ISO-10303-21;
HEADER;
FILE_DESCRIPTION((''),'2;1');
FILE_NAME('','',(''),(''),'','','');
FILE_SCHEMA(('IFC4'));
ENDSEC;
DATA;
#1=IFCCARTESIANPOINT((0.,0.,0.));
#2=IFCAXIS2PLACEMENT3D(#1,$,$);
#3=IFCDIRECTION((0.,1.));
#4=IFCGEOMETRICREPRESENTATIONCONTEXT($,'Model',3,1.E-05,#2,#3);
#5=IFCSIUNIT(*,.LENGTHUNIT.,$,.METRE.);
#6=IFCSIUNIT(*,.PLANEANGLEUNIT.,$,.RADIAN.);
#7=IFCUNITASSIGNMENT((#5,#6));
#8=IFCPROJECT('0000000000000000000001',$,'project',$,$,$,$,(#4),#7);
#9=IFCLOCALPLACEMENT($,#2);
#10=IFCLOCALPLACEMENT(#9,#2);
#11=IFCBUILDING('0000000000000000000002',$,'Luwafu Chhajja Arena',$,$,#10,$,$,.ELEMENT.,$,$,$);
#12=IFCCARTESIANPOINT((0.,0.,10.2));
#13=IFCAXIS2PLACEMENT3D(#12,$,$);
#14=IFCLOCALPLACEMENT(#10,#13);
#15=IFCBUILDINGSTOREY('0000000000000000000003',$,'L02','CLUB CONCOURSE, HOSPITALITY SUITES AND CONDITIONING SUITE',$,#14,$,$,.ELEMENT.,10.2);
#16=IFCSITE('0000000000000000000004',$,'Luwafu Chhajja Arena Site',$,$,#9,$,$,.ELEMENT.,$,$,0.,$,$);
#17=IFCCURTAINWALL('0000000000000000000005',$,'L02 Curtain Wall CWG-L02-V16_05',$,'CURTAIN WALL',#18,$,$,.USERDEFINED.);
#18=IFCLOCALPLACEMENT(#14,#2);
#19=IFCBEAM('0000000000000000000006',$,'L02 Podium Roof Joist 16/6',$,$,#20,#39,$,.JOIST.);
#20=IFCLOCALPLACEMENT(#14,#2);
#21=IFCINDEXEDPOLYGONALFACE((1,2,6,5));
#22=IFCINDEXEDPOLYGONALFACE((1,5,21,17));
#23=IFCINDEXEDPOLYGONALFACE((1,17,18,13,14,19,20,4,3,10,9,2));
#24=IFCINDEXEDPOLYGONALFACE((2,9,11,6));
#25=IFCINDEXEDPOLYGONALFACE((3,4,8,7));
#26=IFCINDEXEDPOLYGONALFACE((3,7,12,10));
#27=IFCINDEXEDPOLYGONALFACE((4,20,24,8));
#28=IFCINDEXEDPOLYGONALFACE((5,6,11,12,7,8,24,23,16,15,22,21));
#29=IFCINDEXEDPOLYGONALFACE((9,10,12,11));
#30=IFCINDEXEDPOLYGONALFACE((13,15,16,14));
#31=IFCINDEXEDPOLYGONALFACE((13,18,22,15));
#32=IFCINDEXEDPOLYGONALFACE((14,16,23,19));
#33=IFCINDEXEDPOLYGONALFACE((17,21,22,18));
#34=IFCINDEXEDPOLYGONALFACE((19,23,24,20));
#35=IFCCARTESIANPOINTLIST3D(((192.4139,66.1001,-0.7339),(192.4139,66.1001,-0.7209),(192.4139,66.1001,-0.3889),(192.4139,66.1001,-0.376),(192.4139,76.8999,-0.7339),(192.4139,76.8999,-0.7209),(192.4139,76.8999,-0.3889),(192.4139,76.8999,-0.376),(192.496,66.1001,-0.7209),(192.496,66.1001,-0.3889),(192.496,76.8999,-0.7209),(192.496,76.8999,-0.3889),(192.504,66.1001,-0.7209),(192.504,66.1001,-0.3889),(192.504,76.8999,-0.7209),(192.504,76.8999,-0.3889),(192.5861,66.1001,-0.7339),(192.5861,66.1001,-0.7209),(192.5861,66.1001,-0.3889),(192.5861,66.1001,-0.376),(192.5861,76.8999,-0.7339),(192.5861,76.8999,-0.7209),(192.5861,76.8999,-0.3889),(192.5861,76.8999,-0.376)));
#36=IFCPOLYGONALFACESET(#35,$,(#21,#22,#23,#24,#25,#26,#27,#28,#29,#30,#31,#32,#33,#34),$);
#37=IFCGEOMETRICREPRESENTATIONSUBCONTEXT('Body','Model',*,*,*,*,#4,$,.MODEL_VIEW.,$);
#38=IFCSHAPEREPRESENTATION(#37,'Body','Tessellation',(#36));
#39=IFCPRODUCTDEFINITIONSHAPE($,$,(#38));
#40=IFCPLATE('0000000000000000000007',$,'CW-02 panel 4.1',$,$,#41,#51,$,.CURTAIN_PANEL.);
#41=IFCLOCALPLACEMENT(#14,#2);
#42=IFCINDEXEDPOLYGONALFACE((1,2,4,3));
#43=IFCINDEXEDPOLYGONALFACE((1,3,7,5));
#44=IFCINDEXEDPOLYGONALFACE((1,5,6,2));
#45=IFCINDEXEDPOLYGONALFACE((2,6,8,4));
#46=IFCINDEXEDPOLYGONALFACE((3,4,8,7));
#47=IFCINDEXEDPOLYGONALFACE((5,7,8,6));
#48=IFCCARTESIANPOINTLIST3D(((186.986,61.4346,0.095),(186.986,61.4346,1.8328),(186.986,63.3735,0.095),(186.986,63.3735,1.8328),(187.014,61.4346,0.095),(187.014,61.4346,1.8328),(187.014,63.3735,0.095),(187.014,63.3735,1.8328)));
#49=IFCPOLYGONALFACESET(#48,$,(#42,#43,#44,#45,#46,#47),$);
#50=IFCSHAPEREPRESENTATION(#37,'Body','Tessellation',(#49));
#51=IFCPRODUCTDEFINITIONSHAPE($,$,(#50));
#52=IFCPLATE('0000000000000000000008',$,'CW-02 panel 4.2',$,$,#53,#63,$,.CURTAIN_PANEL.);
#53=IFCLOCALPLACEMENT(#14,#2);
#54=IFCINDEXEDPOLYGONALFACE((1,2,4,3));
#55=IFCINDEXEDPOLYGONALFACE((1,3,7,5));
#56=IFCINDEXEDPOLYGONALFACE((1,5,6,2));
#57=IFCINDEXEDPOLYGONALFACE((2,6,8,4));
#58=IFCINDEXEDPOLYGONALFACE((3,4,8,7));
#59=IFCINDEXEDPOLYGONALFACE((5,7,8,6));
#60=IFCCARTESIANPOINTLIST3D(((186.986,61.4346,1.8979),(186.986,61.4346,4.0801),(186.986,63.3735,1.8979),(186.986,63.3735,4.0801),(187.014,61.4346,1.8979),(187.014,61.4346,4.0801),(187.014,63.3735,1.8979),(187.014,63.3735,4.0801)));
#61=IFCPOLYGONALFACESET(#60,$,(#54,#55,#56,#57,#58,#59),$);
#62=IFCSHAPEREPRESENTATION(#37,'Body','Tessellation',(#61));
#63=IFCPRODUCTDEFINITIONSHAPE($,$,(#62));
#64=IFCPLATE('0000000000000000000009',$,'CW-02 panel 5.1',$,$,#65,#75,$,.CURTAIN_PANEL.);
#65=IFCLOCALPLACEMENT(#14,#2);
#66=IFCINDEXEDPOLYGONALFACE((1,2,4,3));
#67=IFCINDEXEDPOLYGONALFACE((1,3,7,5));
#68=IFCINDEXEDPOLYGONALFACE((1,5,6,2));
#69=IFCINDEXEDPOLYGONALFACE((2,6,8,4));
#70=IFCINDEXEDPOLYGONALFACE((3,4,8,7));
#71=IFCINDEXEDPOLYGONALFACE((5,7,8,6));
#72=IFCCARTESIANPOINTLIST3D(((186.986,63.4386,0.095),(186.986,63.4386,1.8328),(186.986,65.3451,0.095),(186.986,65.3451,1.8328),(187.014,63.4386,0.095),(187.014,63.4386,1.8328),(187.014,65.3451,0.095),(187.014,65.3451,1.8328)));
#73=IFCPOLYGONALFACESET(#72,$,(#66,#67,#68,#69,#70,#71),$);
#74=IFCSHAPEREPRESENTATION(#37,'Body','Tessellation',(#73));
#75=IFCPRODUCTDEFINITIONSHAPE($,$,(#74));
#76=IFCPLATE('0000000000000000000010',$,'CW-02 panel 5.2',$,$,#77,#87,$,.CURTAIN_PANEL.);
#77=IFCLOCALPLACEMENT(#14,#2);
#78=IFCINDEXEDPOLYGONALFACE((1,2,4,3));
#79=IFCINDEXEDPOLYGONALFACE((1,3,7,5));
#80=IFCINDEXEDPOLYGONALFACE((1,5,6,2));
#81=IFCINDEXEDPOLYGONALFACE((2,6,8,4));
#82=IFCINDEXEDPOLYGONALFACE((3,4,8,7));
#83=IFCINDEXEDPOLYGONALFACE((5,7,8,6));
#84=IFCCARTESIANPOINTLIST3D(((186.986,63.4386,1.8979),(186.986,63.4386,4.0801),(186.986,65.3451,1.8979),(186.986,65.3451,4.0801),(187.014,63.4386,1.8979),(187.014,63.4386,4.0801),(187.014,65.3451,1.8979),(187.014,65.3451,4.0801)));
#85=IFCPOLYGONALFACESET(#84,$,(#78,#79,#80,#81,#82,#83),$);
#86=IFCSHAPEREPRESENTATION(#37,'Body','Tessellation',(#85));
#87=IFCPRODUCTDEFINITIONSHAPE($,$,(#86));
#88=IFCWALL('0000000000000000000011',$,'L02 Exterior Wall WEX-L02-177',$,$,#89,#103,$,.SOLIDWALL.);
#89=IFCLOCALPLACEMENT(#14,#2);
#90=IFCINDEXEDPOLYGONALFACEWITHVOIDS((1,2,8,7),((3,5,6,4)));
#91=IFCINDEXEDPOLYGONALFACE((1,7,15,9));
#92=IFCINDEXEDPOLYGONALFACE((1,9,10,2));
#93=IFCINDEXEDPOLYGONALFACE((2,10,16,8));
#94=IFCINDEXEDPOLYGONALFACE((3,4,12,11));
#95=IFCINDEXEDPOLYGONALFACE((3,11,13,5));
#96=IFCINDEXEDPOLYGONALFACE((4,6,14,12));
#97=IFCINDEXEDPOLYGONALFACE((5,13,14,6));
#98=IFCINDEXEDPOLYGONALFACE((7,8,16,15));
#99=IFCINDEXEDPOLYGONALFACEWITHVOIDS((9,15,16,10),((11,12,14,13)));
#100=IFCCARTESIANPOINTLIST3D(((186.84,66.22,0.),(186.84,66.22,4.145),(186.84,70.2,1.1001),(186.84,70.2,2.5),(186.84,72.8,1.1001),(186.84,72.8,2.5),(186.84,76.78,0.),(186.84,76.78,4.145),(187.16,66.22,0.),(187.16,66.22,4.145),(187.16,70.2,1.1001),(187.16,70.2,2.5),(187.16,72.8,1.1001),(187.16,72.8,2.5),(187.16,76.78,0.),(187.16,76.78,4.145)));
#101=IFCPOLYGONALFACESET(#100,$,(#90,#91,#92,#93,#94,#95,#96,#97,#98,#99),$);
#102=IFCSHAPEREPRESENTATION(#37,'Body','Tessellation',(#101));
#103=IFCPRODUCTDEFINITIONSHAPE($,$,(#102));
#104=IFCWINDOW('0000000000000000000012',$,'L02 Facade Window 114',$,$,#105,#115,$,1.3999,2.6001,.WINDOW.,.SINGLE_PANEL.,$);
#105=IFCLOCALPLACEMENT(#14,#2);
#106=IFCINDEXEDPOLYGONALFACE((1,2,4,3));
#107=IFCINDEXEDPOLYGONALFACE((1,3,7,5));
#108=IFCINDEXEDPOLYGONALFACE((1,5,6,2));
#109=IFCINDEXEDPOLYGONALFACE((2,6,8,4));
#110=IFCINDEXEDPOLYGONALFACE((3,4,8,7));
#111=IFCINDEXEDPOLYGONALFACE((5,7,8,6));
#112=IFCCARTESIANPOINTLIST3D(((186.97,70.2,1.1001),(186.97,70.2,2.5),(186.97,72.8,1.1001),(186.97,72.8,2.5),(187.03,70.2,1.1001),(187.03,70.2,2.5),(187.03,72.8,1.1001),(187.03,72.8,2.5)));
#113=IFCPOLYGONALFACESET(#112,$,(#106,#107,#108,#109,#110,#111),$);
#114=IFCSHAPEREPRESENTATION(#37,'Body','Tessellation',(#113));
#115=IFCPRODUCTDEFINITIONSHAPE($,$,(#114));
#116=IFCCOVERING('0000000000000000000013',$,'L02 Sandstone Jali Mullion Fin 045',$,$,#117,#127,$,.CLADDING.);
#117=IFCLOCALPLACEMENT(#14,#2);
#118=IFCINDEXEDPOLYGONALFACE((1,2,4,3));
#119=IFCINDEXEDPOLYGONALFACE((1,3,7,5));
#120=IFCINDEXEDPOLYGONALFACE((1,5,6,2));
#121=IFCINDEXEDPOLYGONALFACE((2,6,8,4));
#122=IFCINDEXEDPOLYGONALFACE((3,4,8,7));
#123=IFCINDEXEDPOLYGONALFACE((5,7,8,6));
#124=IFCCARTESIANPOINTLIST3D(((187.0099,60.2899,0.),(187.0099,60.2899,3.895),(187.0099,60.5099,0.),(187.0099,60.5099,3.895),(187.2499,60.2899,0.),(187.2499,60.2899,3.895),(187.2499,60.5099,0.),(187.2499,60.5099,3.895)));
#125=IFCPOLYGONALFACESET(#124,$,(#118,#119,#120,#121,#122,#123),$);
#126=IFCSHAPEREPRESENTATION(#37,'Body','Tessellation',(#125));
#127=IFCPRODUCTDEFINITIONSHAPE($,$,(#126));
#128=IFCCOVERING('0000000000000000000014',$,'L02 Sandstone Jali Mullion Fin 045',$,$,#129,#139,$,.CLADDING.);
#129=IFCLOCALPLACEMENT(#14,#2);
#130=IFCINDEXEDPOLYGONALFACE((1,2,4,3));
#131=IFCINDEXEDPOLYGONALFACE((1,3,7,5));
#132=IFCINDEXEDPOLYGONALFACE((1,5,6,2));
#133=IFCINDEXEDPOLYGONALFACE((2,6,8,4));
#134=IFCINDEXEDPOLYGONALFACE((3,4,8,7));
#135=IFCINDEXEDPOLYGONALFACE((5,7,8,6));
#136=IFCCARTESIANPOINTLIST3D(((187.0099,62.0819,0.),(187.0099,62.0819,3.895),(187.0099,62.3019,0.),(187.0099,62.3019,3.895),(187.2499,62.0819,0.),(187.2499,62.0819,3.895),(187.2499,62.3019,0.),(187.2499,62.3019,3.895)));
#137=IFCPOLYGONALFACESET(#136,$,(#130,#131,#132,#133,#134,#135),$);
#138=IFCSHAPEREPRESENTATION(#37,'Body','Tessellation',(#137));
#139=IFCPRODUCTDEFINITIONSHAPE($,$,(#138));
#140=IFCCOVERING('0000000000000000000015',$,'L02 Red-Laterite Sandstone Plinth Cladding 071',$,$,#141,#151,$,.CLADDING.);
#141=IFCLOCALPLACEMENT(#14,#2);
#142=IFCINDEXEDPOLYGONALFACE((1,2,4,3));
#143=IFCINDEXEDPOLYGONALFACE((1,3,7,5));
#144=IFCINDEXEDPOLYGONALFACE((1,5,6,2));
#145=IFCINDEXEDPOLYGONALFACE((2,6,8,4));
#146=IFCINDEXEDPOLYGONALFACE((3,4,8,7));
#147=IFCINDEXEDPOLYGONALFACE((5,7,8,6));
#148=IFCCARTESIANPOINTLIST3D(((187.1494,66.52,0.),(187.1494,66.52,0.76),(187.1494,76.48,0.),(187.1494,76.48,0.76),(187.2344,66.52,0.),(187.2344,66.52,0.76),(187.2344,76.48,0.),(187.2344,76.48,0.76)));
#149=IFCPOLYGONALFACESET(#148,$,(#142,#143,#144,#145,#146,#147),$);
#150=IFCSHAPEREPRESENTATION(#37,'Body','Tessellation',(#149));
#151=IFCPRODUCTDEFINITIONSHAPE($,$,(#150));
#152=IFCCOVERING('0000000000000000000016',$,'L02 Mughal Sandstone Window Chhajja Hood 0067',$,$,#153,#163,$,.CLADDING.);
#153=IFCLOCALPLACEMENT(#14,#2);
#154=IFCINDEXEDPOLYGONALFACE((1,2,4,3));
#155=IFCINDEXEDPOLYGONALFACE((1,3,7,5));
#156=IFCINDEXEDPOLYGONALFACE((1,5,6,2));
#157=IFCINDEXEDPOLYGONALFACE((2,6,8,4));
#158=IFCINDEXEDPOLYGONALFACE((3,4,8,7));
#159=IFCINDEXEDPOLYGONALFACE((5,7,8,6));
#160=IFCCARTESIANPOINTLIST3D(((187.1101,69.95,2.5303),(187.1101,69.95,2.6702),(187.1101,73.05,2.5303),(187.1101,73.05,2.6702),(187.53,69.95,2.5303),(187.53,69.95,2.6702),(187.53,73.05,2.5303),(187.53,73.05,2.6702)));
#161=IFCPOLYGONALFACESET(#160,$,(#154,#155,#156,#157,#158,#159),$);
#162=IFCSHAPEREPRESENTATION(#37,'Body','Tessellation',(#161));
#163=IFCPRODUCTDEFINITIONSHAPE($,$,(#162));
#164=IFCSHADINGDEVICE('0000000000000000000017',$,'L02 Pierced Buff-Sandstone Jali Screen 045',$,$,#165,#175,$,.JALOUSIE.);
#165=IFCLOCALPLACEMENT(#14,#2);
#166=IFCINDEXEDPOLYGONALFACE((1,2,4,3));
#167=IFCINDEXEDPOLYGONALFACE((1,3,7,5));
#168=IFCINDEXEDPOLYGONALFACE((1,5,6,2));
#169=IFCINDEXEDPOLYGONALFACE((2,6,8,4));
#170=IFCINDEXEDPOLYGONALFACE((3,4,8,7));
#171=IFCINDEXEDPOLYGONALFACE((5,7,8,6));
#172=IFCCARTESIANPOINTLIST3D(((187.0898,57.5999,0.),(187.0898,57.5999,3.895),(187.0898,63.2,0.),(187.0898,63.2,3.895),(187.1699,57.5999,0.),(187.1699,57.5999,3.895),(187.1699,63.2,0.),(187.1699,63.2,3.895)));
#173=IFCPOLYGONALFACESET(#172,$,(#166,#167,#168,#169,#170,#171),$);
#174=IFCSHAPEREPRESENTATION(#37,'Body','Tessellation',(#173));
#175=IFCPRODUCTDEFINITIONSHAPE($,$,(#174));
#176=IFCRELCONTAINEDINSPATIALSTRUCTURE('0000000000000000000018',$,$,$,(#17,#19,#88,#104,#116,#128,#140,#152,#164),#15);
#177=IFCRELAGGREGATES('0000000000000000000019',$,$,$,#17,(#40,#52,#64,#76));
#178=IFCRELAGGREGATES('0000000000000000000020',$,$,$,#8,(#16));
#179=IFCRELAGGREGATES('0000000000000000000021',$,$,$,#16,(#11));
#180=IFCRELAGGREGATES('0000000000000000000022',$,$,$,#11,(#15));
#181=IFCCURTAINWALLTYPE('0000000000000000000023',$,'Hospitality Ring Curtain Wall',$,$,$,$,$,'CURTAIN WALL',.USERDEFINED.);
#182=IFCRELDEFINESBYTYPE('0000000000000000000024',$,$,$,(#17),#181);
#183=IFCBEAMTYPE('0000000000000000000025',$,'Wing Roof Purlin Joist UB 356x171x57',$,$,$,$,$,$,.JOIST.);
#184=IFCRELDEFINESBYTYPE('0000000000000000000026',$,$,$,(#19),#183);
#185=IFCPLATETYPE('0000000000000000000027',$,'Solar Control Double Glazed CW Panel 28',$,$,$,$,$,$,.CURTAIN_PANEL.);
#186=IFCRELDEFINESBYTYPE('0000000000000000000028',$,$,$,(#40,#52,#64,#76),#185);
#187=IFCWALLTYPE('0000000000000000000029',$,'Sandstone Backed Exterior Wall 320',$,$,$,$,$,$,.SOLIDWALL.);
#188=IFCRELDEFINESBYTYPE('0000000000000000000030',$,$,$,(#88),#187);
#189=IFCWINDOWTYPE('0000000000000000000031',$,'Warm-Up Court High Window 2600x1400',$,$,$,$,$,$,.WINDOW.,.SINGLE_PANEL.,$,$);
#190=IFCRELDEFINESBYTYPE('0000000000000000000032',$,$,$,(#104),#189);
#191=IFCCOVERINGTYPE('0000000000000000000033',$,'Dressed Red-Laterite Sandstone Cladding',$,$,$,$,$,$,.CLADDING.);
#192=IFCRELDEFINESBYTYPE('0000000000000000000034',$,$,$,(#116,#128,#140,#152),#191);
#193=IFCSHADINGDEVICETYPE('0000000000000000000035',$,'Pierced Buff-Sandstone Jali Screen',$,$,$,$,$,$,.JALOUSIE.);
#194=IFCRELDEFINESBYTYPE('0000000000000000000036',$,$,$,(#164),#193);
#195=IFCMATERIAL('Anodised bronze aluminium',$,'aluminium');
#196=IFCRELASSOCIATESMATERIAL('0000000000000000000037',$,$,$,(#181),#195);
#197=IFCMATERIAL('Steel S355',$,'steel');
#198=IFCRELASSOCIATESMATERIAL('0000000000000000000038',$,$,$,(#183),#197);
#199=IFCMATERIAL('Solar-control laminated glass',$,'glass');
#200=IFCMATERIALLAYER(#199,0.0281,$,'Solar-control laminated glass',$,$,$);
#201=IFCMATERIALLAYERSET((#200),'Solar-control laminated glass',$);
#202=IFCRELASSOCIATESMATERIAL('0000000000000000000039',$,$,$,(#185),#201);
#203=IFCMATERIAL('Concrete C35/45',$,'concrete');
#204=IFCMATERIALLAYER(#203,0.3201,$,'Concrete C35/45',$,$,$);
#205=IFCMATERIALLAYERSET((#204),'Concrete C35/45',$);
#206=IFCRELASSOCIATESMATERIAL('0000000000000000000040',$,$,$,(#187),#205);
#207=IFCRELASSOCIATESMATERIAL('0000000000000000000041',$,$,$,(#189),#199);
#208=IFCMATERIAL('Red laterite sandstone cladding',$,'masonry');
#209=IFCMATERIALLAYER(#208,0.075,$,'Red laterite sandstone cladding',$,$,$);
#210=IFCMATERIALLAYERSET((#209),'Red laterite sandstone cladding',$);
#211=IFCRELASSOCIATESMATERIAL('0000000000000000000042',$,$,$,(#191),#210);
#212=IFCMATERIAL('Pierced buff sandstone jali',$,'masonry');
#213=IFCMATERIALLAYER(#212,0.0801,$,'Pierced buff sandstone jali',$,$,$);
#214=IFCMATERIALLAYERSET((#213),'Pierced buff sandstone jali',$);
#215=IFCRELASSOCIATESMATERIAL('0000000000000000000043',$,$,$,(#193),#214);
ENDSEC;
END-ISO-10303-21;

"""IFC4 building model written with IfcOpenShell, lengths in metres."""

from ifc_helpers import new_model, si_unit, direction, frame, frame_2d, origin, origin_2d, place, context, subcontext, project, spatial, rectangle, i_section, extrude, material, layer, layer_set, material_profile, profile_set, type_object, element, fill, aggregate, save


model = new_model("IFC4")

# Units and contexts
model_context = context("Model", 3, precision=1e-05, world=origin(), true_north=direction((0.0, 1.0)))
body_context = subcontext(model_context, "Body", "Model", "MODEL_VIEW")
ifc_project = project(units=[si_unit("LENGTHUNIT", "METRE"), si_unit("PLANEANGLEUNIT", "RADIAN")], contexts=[model_context])

# Site, building, storey
site_placement = place(None, origin())
site = spatial("IfcSite", under=ifc_project, at=site_placement, Name="Luwafu Chhajja Arena Site", CompositionType="ELEMENT", RefElevation=0.0)
building_placement = place(site_placement, origin())
building = spatial("IfcBuilding", under=site, at=building_placement, Name="Luwafu Chhajja Arena", CompositionType="ELEMENT")
storey_placement = place(building_placement, frame((0.0, 0.0, 10.2)))
storey = spatial("IfcBuildingStorey", under=building, at=storey_placement, Name="L02", Description="CLUB CONCOURSE, HOSPITALITY SUITES AND CONDITIONING SUITE", CompositionType="ELEMENT", Elevation=10.2)

# Curtain wall
ifc_material_1 = material(Name="Anodised bronze aluminium", Category="aluminium")
curtain_wall_type = type_object("IfcCurtainWallType", Name="Hospitality Ring Curtain Wall", ElementType="CURTAIN WALL", PredefinedType="USERDEFINED", material=ifc_material_1)
curtain_wall_placement = place(storey_placement, origin())
curtain_wall = element("IfcCurtainWall", 1, at=curtain_wall_placement, inside=storey, type_object=curtain_wall_type, Name="L02 Curtain Wall CWG-L02-V16_05", ObjectType="CURTAIN WALL", PredefinedType="USERDEFINED")

# Beam
ifc_material_2 = material(Name="Steel S355", Category="steel")
ifc_material_3 = material(Name="Concrete C35/45", Category="concrete")
ifc_material_profile_1 = material_profile(ifc_material_2, i_section(OverallWidth=0.1721, OverallDepth=0.3579, WebThickness=0.0081, FlangeThickness=0.0129, at=origin_2d()), Name="UB 356x171x57")
ifc_profile_set_1 = profile_set([ifc_material_profile_1], Name="Steel S355")
beam_type_1 = type_object("IfcBeamType", Name="Wing Roof Purlin Joist UB 356x171x57", PredefinedType="JOIST", material=ifc_profile_set_1)
beam_1_placement = place(storey_placement, frame((192.5, 66.1001, -0.5549), z_axis=(0.0, 1.0, 0.0), x_axis=(-1.0, 0.0, 0.0)))
element("IfcBeam", 2, at=beam_1_placement, inside=storey, type_object=beam_type_1, Name="L02 Podium Roof Joist 16/6", PredefinedType="JOIST", context=body_context, shape_type="SweptSolid", body=[
    extrude(i_section(OverallWidth=0.1721, OverallDepth=0.3579, WebThickness=0.0081, FlangeThickness=0.0129, at=origin_2d()), origin(), (0.0, 0.0, 1.0), 10.7998),
])

# Plates
ifc_material_4 = material(Name="Solar-control laminated glass", Category="glass")
ifc_layer_1 = layer(ifc_material_4, 0.0281, Name="Solar-control laminated glass")
ifc_layer_set_1 = layer_set([ifc_layer_1], Name="Solar-control laminated glass")
plate_type = type_object("IfcPlateType", Name="Solar Control Double Glazed CW Panel 28", PredefinedType="CURTAIN_PANEL", material=ifc_layer_set_1)
plate_1_placement = place(storey_placement, frame((187.0, 62.4041, 0.095), z_axis=(0.0, 0.0, 1.0), x_axis=(0.0, 1.0, 0.0)))
plate_1 = element("IfcPlate", 3, at=plate_1_placement, type_object=plate_type, Name="CW-02 panel 4.1", PredefinedType="CURTAIN_PANEL", context=body_context, shape_type="SweptSolid", body=[
    extrude(rectangle(XDim=1.939, YDim=0.0281, at=origin_2d()), origin(), (0.0, 0.0, 1.0), 1.7378),
])
plate_2_placement = place(storey_placement, frame((187.0, 62.4041, 1.8979), z_axis=(0.0, 0.0, 1.0), x_axis=(0.0, 1.0, 0.0)))
plate_2 = element("IfcPlate", 4, at=plate_2_placement, type_object=plate_type, Name="CW-02 panel 4.2", PredefinedType="CURTAIN_PANEL", context=body_context, shape_type="SweptSolid", body=[
    extrude(rectangle(XDim=1.939, YDim=0.0281, at=origin_2d()), origin(), (0.0, 0.0, 1.0), 2.1821),
])
plate_3_placement = place(storey_placement, frame((187.0, 64.3918, 0.095), z_axis=(0.0, 0.0, 1.0), x_axis=(0.0, 1.0, 0.0)))
plate_3 = element("IfcPlate", 5, at=plate_3_placement, type_object=plate_type, Name="CW-02 panel 5.1", PredefinedType="CURTAIN_PANEL", context=body_context, shape_type="SweptSolid", body=[
    extrude(rectangle(XDim=1.9065, YDim=0.0281, at=origin_2d()), origin(), (0.0, 0.0, 1.0), 1.7378),
])
plate_4_placement = place(storey_placement, frame((187.0, 64.3918, 1.8979), z_axis=(0.0, 0.0, 1.0), x_axis=(0.0, 1.0, 0.0)))
plate_4 = element("IfcPlate", 6, at=plate_4_placement, type_object=plate_type, Name="CW-02 panel 5.2", PredefinedType="CURTAIN_PANEL", context=body_context, shape_type="SweptSolid", body=[
    extrude(rectangle(XDim=1.9065, YDim=0.0281, at=origin_2d()), origin(), (0.0, 0.0, 1.0), 2.1821),
])
aggregate(curtain_wall, [plate_1, plate_2, plate_3, plate_4])

# Wall, opening, window
ifc_layer_2 = layer(ifc_material_3, 0.3201, Name="Concrete C35/45")
ifc_layer_set_2 = layer_set([ifc_layer_2], Name="Concrete C35/45")
wall_type = type_object("IfcWallType", Name="Sandstone Backed Exterior Wall 320", PredefinedType="SOLIDWALL", material=ifc_layer_set_2)
wall_placement = place(storey_placement, frame((187.0, 66.22, 0.0), z_axis=(0.0, 0.0, 1.0), x_axis=(0.0, 1.0, 0.0)))
wall = element("IfcWall", 7, at=wall_placement, inside=storey, type_object=wall_type, Name="L02 Exterior Wall WEX-L02-177", PredefinedType="SOLIDWALL", context=body_context, shape_type="SweptSolid", body=[
    extrude(rectangle(XDim=10.5601, YDim=0.3201, at=frame_2d((5.28, 0.0))), origin(), (0.0, 0.0, 1.0), 4.145),
])
opening_placement = place(wall_placement, frame((3.98, 0.0, 1.1001)))
opening = element("IfcOpeningElement", 8, at=opening_placement, cuts=wall, PredefinedType="OPENING", context=body_context, shape_type="SweptSolid", body=[
    extrude(rectangle(XDim=2.6001, YDim=1.3999, at=frame_2d((1.3, 0.7))), frame((0.0, 0.1699, 0.0), z_axis=(0.0, -1.0, 0.0), x_axis=(1.0, 0.0, 0.0)), (0.0, 0.0, 1.0), 0.3401),
])
window_type = type_object("IfcWindowType", Name="Warm-Up Court High Window 2600x1400", PartitioningType="SINGLE_PANEL", PredefinedType="WINDOW", material=ifc_material_4)
window_placement = place(opening_placement, origin())
window = element("IfcWindow", 9, at=window_placement, inside=storey, type_object=window_type, Name="L02 Facade Window 114", OverallHeight=1.3999, OverallWidth=2.6001, PartitioningType="SINGLE_PANEL", PredefinedType="WINDOW", context=body_context, shape_type="SweptSolid", body=[
    extrude(rectangle(XDim=2.6001, YDim=1.3999, at=frame_2d((1.3, 0.7))), frame((0.0, 0.03, 0.0), z_axis=(0.0, -1.0, 0.0), x_axis=(1.0, 0.0, 0.0)), (0.0, 0.0, 1.0), 0.0601),
])
fill(opening, window)

# Coverings
ifc_material_5 = material(Name="Red laterite sandstone cladding", Category="masonry")
ifc_layer_3 = layer(ifc_material_5, 0.075, Name="Red laterite sandstone cladding")
ifc_layer_set_3 = layer_set([ifc_layer_3], Name="Red laterite sandstone cladding")
covering_type = type_object("IfcCoveringType", Name="Dressed Red-Laterite Sandstone Cladding", PredefinedType="CLADDING", material=ifc_layer_set_3)
for number, where, z_axis, x_axis, name in (
    (10, (187.1299, 60.3999, 0.0), (0.0, 0.0, 1.0), (0.0, 1.0, 0.0), "L02 Sandstone Jali Mullion Fin 045"),
    (11, (187.1299, 62.1919, 0.0), (0.0, 0.0, 1.0), (0.0, 1.0, 0.0), "L02 Sandstone Jali Mullion Fin 045"),
):
    element("IfcCovering", number, at=place(storey_placement, frame(where, z_axis=z_axis, x_axis=x_axis)), inside=storey, type_object=covering_type, Name=name, PredefinedType="CLADDING", context=body_context, shape_type="SweptSolid", body=[
        extrude(rectangle(XDim=0.22, YDim=0.24, at=origin_2d()), origin(), (0.0, 0.0, 1.0), 3.895),
    ])
covering_1_placement = place(storey_placement, frame((187.1919, 71.5, 0.0), z_axis=(0.0, 0.0, 1.0), x_axis=(0.0, 1.0, 0.0)))
element("IfcCovering", 12, at=covering_1_placement, inside=storey, type_object=covering_type, Name="L02 Red-Laterite Sandstone Plinth Cladding 071", PredefinedType="CLADDING", context=body_context, shape_type="SweptSolid", body=[
    extrude(rectangle(XDim=9.96, YDim=0.085, at=origin_2d()), origin(), (0.0, 0.0, 1.0), 0.76),
])
covering_2_placement = place(storey_placement, frame((187.3201, 71.5, 2.5303), z_axis=(0.0, 0.0, 1.0), x_axis=(0.0, 1.0, 0.0)))
element("IfcCovering", 13, at=covering_2_placement, inside=storey, type_object=covering_type, Name="L02 Mughal Sandstone Window Chhajja Hood 0067", PredefinedType="CLADDING", context=body_context, shape_type="SweptSolid", body=[
    extrude(rectangle(XDim=3.1001, YDim=0.4199, at=origin_2d()), origin(), (0.0, 0.0, 1.0), 0.1399),
])

# Shading device
ifc_material_6 = material(Name="Pierced buff sandstone jali", Category="masonry")
ifc_layer_4 = layer(ifc_material_6, 0.0801, Name="Pierced buff sandstone jali")
ifc_layer_set_4 = layer_set([ifc_layer_4], Name="Pierced buff sandstone jali")
shading_device_type = type_object("IfcShadingDeviceType", Name="Pierced Buff-Sandstone Jali Screen", PredefinedType="JALOUSIE", material=ifc_layer_set_4)
shading_device_placement = place(storey_placement, frame((187.1299, 60.3999, 0.0), z_axis=(0.0, 0.0, 1.0), x_axis=(0.0, 1.0, 0.0)))
element("IfcShadingDevice", 14, at=shading_device_placement, inside=storey, type_object=shading_device_type, Name="L02 Pierced Buff-Sandstone Jali Screen 045", PredefinedType="JALOUSIE", context=body_context, shape_type="SweptSolid", body=[
    extrude(rectangle(XDim=5.6001, YDim=0.0801, at=origin_2d()), origin(), (0.0, 0.0, 1.0), 3.895),
])

save(model, "model.ifc")
